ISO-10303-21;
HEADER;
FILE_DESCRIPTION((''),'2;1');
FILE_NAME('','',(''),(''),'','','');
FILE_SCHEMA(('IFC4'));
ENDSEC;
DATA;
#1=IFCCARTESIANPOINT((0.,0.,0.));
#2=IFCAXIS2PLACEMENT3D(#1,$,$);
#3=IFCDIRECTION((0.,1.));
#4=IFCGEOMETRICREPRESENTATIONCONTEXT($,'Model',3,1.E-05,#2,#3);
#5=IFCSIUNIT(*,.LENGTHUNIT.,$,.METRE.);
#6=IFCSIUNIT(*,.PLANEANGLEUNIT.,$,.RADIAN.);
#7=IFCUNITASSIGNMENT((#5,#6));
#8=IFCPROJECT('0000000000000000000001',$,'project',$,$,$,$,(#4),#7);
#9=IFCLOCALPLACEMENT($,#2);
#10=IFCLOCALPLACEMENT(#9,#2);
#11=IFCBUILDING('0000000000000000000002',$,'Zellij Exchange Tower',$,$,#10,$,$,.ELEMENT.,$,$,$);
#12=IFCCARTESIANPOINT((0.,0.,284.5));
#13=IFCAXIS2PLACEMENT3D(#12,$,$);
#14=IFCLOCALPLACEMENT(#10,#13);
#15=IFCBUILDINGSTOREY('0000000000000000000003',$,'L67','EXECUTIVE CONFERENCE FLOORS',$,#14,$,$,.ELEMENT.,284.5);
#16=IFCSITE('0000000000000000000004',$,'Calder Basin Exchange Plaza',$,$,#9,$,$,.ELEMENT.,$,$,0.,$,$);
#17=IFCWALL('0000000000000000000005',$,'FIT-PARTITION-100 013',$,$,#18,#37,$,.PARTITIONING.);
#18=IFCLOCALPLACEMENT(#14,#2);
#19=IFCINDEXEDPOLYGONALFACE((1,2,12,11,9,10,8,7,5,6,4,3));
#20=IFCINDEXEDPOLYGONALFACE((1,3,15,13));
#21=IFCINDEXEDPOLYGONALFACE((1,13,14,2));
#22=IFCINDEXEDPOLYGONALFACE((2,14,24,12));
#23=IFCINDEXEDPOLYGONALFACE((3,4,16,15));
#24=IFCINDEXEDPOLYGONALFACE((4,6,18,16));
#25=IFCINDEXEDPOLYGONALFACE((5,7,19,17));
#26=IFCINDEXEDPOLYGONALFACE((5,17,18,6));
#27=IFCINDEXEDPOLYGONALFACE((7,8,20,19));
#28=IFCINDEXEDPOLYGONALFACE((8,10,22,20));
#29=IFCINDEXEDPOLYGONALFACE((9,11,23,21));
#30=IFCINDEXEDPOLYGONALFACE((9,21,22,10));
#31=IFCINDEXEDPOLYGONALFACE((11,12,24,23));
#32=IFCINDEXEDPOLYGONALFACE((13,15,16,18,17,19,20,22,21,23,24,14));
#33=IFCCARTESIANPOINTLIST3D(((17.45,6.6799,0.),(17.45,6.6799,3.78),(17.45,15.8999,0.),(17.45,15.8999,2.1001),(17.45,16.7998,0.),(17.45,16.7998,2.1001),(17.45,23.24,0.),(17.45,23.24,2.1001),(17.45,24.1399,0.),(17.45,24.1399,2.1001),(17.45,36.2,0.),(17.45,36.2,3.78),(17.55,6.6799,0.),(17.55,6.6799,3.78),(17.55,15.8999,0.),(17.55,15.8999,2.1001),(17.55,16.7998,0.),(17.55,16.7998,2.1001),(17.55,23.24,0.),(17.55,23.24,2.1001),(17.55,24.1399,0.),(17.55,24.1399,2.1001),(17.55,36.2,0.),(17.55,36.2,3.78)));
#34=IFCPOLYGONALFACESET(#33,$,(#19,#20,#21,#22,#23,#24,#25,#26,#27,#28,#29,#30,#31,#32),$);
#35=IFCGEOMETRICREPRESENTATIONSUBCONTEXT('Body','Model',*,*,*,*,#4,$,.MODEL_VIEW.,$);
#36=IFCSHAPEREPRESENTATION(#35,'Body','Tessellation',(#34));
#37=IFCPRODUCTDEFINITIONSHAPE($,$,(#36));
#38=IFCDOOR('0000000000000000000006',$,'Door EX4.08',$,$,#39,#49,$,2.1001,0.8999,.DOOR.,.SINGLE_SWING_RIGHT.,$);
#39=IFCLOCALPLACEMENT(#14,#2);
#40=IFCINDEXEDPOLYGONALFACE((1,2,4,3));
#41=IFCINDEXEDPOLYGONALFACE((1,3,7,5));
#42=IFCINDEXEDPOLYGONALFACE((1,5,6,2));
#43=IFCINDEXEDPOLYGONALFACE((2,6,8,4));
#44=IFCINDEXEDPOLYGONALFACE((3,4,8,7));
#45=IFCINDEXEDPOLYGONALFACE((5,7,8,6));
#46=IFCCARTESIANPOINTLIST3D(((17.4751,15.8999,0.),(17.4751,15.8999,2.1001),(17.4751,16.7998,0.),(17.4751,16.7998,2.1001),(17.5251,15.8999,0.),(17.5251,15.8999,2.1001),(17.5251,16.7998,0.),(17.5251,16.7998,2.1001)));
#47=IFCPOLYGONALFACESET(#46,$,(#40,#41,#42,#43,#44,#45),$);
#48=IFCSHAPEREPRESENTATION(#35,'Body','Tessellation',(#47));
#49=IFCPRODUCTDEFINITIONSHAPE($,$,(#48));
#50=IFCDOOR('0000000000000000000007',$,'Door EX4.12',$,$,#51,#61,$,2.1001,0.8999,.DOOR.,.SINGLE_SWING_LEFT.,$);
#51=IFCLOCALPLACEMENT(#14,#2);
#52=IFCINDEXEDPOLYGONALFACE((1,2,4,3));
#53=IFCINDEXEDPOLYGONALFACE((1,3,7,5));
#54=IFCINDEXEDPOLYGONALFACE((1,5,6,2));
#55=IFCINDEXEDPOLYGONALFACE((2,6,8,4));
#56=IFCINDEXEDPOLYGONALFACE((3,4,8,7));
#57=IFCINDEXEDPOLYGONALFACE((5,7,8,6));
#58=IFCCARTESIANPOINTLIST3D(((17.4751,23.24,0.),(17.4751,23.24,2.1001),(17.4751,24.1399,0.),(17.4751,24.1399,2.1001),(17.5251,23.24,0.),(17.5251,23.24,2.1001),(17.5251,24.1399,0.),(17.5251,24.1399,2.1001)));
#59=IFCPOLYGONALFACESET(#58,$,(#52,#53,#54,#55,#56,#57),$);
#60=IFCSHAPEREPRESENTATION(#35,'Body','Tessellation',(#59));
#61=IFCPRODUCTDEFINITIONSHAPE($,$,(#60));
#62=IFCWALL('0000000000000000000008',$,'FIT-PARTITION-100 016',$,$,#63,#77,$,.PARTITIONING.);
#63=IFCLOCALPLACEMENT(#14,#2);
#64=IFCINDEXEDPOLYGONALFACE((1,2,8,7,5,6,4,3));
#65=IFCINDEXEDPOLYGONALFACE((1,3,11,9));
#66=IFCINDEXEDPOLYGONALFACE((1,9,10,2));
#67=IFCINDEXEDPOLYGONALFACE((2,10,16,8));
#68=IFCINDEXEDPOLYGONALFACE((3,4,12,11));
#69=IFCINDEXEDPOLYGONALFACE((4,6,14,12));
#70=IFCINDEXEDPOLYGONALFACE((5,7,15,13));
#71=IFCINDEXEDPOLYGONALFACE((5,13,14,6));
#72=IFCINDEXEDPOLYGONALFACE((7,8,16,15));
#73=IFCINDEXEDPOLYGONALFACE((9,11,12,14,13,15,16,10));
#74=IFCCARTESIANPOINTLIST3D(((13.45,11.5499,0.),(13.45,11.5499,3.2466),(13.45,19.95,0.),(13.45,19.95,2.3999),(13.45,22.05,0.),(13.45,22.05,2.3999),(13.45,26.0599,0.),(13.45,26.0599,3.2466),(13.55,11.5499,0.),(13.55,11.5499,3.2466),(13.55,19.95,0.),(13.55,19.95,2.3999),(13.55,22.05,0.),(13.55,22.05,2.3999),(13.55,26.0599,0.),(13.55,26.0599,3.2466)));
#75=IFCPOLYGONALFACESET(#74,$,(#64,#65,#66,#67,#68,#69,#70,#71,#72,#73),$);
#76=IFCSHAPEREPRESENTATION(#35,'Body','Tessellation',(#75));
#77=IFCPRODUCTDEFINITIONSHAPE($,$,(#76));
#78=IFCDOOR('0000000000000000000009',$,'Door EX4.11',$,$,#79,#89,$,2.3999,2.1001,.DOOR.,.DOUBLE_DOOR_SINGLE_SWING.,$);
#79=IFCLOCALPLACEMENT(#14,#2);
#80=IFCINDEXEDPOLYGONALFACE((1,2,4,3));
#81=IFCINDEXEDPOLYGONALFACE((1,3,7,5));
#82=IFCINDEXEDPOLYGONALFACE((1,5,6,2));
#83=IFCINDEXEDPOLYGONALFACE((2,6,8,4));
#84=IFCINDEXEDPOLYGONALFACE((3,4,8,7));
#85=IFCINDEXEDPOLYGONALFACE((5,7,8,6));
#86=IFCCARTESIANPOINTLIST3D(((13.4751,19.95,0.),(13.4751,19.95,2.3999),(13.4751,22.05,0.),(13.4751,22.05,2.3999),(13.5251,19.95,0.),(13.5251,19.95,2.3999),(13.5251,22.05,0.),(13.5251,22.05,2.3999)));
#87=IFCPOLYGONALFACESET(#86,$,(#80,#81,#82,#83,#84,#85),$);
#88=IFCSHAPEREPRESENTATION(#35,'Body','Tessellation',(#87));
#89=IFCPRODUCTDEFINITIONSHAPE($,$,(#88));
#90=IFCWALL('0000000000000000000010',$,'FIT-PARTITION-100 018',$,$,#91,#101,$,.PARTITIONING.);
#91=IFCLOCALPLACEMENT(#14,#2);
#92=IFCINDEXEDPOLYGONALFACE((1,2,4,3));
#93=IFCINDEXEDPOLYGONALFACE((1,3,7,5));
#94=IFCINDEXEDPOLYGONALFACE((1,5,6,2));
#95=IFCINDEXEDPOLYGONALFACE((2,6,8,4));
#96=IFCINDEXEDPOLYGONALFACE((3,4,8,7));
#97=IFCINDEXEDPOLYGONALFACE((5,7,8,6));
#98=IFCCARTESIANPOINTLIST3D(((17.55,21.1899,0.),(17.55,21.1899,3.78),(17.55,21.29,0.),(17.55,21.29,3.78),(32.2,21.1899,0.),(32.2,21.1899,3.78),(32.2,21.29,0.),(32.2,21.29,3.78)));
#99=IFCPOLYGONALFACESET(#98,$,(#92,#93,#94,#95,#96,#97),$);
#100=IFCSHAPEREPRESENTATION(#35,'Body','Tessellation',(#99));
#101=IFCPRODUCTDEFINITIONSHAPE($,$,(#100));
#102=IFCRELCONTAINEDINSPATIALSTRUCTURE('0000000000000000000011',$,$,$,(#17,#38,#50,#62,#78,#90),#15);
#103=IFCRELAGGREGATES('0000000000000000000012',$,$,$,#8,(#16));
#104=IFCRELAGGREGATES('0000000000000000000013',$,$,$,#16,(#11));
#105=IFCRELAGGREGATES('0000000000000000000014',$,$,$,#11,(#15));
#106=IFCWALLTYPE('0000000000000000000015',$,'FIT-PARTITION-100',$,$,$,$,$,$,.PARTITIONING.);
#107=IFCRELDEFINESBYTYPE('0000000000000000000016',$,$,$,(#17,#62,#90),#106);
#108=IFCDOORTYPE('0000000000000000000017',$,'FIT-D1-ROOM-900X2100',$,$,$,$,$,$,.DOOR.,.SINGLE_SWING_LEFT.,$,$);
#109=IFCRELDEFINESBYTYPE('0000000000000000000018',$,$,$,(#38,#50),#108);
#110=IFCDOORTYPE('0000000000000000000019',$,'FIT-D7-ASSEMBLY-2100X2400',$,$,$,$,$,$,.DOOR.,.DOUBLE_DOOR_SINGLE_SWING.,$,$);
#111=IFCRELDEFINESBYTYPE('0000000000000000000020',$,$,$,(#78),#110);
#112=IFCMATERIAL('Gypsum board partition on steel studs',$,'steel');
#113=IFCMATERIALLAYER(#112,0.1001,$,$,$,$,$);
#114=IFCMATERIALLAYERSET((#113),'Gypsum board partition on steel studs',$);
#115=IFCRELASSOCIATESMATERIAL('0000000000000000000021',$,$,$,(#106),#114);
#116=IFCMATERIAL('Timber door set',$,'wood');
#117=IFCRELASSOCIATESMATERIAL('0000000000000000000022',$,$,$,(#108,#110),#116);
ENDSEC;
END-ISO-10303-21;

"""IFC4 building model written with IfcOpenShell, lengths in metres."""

from ifc_helpers import new_model, si_unit, direction, frame, frame_2d, origin, place, context, subcontext, project, spatial, rectangle, extrude, material, layer, layer_set, type_object, element, fill, save


model = new_model("IFC4")

# Units and contexts
model_context = context("Model", 3, precision=1e-05, world=origin(), true_north=direction((0.0, 1.0)))
body_context = subcontext(model_context, "Body", "Model", "MODEL_VIEW")
ifc_project = project(units=[si_unit("LENGTHUNIT", "METRE"), si_unit("PLANEANGLEUNIT", "RADIAN")], contexts=[model_context])

# Site, building, storey
site_placement = place(None, origin())
site = spatial("IfcSite", under=ifc_project, at=site_placement, Name="Calder Basin Exchange Plaza", CompositionType="ELEMENT", RefElevation=0.0)
building_placement = place(site_placement, origin())
building = spatial("IfcBuilding", under=site, at=building_placement, Name="Zellij Exchange Tower", CompositionType="ELEMENT")
storey_placement = place(building_placement, frame((0.0, 0.0, 284.5)))
storey = spatial("IfcBuildingStorey", under=building, at=storey_placement, Name="L67", Description="EXECUTIVE CONFERENCE FLOORS", CompositionType="ELEMENT", Elevation=284.5)

# Shared definitions
ifc_material_1 = material(Name="Gypsum board partition on steel studs", Category="steel")
ifc_layer = layer(ifc_material_1, 0.1001)
ifc_layer_set = layer_set([ifc_layer], Name="Gypsum board partition on steel studs")
wall_type = type_object("IfcWallType", Name="FIT-PARTITION-100", PredefinedType="PARTITIONING", material=ifc_layer_set)

# Wall, openings, doors
wall_1_placement = place(storey_placement, frame((17.5, 6.6799, 0.0), z_axis=(0.0, 0.0, 1.0), x_axis=(0.0, 1.0, 0.0)))
wall_1 = element("IfcWall", 1, at=wall_1_placement, inside=storey, type_object=wall_type, Name="FIT-PARTITION-100 013", PredefinedType="PARTITIONING", context=body_context, shape_type="SweptSolid", body=[
    extrude(rectangle(XDim=29.52, YDim=0.1001, at=frame_2d((14.76, 0.0))), origin(), (0.0, 0.0, 1.0), 3.78),
])
opening_1_placement = place(wall_1_placement, frame((9.22, 0.0, 0.0)))
opening_1 = element("IfcOpeningElement", 2, at=opening_1_placement, cuts=wall_1, PredefinedType="OPENING", context=body_context, shape_type="SweptSolid", body=[
    extrude(rectangle(XDim=0.8999, YDim=2.1001, at=frame_2d((0.45, 1.05))), frame((0.0, 0.062, 0.0), z_axis=(0.0, -1.0, 0.0), x_axis=(1.0, 0.0, 0.0)), (0.0, 0.0, 1.0), 0.124),
])
opening_2_placement = place(wall_1_placement, frame((16.5601, 0.0, 0.0)))
opening_2 = element("IfcOpeningElement", 3, at=opening_2_placement, cuts=wall_1, PredefinedType="OPENING", context=body_context, shape_type="SweptSolid", body=[
    extrude(rectangle(XDim=0.8999, YDim=2.1001, at=frame_2d((0.45, 1.05))), frame((0.0, 0.062, 0.0), z_axis=(0.0, -1.0, 0.0), x_axis=(1.0, 0.0, 0.0)), (0.0, 0.0, 1.0), 0.124),
])
ifc_material_2 = material(Name="Timber door set", Category="wood")
door_type_1 = type_object("IfcDoorType", Name="FIT-D1-ROOM-900X2100", OperationType="SINGLE_SWING_LEFT", PredefinedType="DOOR", material=ifc_material_2)
door_1_placement = place(opening_1_placement, origin())
door_1 = element("IfcDoor", 4, at=door_1_placement, inside=storey, type_object=door_type_1, Name="Door EX4.08", OperationType="SINGLE_SWING_RIGHT", OverallHeight=2.1001, OverallWidth=0.8999, PredefinedType="DOOR", context=body_context, shape_type="SweptSolid", body=[
    extrude(rectangle(XDim=0.8999, YDim=2.1001, at=frame_2d((0.45, 1.05))), frame((0.0, 0.0249, 0.0), z_axis=(0.0, -1.0, 0.0), x_axis=(1.0, 0.0, 0.0)), (0.0, 0.0, 1.0), 0.05),
])
fill(opening_1, door_1)
door_2_placement = place(opening_2_placement, origin())
door_2 = element("IfcDoor", 5, at=door_2_placement, inside=storey, type_object=door_type_1, Name="Door EX4.12", OperationType="SINGLE_SWING_LEFT", OverallHeight=2.1001, OverallWidth=0.8999, PredefinedType="DOOR", context=body_context, shape_type="SweptSolid", body=[
    extrude(rectangle(XDim=0.8999, YDim=2.1001, at=frame_2d((0.45, 1.05))), frame((0.0, 0.0249, 0.0), z_axis=(0.0, -1.0, 0.0), x_axis=(1.0, 0.0, 0.0)), (0.0, 0.0, 1.0), 0.05),
])
fill(opening_2, door_2)

# Wall, opening, door
wall_2_placement = place(storey_placement, frame((13.5, 11.55, 0.0), z_axis=(0.0, 0.0, 1.0), x_axis=(0.0, 1.0, 0.0)))
wall_2 = element("IfcWall", 6, at=wall_2_placement, inside=storey, type_object=wall_type, Name="FIT-PARTITION-100 016", PredefinedType="PARTITIONING", context=body_context, shape_type="SweptSolid", body=[
    extrude(rectangle(XDim=14.51, YDim=0.1001, at=frame_2d((7.2549, 0.0))), origin(), (0.0, 0.0, 1.0), 3.2466),
])
opening_3_placement = place(wall_2_placement, frame((8.3999, 0.0, 0.0)))
opening_3 = element("IfcOpeningElement", 7, at=opening_3_placement, cuts=wall_2, PredefinedType="OPENING", context=body_context, shape_type="SweptSolid", body=[
    extrude(rectangle(XDim=2.1001, YDim=2.3999, at=frame_2d((1.05, 1.2))), frame((0.0, 0.062, 0.0), z_axis=(0.0, -1.0, 0.0), x_axis=(1.0, 0.0, 0.0)), (0.0, 0.0, 1.0), 0.124),
])
door_type_2 = type_object("IfcDoorType", Name="FIT-D7-ASSEMBLY-2100X2400", OperationType="DOUBLE_DOOR_SINGLE_SWING", PredefinedType="DOOR", material=ifc_material_2)
door_3_placement = place(opening_3_placement, origin())
door_3 = element("IfcDoor", 8, at=door_3_placement, inside=storey, type_object=door_type_2, Name="Door EX4.11", OperationType="DOUBLE_DOOR_SINGLE_SWING", OverallHeight=2.3999, OverallWidth=2.1001, PredefinedType="DOOR", context=body_context, shape_type="SweptSolid", body=[
    extrude(rectangle(XDim=2.1001, YDim=2.3999, at=frame_2d((1.05, 1.2))), frame((0.0, 0.0249, 0.0), z_axis=(0.0, -1.0, 0.0), x_axis=(1.0, 0.0, 0.0)), (0.0, 0.0, 1.0), 0.05),
])
fill(opening_3, door_3)

# Wall
wall_3_placement = place(storey_placement, frame((17.55, 21.24, 0.0), z_axis=(0.0, 0.0, 1.0), x_axis=(1.0, 0.0, 0.0)))
element("IfcWall", 9, at=wall_3_placement, inside=storey, type_object=wall_type, Name="FIT-PARTITION-100 018", PredefinedType="PARTITIONING", context=body_context, shape_type="SweptSolid", body=[
    extrude(rectangle(XDim=14.6499, YDim=0.1001, at=frame_2d((7.325, 0.0))), origin(), (0.0, 0.0, 1.0), 3.78),
])

save(model, "model.ifc")
